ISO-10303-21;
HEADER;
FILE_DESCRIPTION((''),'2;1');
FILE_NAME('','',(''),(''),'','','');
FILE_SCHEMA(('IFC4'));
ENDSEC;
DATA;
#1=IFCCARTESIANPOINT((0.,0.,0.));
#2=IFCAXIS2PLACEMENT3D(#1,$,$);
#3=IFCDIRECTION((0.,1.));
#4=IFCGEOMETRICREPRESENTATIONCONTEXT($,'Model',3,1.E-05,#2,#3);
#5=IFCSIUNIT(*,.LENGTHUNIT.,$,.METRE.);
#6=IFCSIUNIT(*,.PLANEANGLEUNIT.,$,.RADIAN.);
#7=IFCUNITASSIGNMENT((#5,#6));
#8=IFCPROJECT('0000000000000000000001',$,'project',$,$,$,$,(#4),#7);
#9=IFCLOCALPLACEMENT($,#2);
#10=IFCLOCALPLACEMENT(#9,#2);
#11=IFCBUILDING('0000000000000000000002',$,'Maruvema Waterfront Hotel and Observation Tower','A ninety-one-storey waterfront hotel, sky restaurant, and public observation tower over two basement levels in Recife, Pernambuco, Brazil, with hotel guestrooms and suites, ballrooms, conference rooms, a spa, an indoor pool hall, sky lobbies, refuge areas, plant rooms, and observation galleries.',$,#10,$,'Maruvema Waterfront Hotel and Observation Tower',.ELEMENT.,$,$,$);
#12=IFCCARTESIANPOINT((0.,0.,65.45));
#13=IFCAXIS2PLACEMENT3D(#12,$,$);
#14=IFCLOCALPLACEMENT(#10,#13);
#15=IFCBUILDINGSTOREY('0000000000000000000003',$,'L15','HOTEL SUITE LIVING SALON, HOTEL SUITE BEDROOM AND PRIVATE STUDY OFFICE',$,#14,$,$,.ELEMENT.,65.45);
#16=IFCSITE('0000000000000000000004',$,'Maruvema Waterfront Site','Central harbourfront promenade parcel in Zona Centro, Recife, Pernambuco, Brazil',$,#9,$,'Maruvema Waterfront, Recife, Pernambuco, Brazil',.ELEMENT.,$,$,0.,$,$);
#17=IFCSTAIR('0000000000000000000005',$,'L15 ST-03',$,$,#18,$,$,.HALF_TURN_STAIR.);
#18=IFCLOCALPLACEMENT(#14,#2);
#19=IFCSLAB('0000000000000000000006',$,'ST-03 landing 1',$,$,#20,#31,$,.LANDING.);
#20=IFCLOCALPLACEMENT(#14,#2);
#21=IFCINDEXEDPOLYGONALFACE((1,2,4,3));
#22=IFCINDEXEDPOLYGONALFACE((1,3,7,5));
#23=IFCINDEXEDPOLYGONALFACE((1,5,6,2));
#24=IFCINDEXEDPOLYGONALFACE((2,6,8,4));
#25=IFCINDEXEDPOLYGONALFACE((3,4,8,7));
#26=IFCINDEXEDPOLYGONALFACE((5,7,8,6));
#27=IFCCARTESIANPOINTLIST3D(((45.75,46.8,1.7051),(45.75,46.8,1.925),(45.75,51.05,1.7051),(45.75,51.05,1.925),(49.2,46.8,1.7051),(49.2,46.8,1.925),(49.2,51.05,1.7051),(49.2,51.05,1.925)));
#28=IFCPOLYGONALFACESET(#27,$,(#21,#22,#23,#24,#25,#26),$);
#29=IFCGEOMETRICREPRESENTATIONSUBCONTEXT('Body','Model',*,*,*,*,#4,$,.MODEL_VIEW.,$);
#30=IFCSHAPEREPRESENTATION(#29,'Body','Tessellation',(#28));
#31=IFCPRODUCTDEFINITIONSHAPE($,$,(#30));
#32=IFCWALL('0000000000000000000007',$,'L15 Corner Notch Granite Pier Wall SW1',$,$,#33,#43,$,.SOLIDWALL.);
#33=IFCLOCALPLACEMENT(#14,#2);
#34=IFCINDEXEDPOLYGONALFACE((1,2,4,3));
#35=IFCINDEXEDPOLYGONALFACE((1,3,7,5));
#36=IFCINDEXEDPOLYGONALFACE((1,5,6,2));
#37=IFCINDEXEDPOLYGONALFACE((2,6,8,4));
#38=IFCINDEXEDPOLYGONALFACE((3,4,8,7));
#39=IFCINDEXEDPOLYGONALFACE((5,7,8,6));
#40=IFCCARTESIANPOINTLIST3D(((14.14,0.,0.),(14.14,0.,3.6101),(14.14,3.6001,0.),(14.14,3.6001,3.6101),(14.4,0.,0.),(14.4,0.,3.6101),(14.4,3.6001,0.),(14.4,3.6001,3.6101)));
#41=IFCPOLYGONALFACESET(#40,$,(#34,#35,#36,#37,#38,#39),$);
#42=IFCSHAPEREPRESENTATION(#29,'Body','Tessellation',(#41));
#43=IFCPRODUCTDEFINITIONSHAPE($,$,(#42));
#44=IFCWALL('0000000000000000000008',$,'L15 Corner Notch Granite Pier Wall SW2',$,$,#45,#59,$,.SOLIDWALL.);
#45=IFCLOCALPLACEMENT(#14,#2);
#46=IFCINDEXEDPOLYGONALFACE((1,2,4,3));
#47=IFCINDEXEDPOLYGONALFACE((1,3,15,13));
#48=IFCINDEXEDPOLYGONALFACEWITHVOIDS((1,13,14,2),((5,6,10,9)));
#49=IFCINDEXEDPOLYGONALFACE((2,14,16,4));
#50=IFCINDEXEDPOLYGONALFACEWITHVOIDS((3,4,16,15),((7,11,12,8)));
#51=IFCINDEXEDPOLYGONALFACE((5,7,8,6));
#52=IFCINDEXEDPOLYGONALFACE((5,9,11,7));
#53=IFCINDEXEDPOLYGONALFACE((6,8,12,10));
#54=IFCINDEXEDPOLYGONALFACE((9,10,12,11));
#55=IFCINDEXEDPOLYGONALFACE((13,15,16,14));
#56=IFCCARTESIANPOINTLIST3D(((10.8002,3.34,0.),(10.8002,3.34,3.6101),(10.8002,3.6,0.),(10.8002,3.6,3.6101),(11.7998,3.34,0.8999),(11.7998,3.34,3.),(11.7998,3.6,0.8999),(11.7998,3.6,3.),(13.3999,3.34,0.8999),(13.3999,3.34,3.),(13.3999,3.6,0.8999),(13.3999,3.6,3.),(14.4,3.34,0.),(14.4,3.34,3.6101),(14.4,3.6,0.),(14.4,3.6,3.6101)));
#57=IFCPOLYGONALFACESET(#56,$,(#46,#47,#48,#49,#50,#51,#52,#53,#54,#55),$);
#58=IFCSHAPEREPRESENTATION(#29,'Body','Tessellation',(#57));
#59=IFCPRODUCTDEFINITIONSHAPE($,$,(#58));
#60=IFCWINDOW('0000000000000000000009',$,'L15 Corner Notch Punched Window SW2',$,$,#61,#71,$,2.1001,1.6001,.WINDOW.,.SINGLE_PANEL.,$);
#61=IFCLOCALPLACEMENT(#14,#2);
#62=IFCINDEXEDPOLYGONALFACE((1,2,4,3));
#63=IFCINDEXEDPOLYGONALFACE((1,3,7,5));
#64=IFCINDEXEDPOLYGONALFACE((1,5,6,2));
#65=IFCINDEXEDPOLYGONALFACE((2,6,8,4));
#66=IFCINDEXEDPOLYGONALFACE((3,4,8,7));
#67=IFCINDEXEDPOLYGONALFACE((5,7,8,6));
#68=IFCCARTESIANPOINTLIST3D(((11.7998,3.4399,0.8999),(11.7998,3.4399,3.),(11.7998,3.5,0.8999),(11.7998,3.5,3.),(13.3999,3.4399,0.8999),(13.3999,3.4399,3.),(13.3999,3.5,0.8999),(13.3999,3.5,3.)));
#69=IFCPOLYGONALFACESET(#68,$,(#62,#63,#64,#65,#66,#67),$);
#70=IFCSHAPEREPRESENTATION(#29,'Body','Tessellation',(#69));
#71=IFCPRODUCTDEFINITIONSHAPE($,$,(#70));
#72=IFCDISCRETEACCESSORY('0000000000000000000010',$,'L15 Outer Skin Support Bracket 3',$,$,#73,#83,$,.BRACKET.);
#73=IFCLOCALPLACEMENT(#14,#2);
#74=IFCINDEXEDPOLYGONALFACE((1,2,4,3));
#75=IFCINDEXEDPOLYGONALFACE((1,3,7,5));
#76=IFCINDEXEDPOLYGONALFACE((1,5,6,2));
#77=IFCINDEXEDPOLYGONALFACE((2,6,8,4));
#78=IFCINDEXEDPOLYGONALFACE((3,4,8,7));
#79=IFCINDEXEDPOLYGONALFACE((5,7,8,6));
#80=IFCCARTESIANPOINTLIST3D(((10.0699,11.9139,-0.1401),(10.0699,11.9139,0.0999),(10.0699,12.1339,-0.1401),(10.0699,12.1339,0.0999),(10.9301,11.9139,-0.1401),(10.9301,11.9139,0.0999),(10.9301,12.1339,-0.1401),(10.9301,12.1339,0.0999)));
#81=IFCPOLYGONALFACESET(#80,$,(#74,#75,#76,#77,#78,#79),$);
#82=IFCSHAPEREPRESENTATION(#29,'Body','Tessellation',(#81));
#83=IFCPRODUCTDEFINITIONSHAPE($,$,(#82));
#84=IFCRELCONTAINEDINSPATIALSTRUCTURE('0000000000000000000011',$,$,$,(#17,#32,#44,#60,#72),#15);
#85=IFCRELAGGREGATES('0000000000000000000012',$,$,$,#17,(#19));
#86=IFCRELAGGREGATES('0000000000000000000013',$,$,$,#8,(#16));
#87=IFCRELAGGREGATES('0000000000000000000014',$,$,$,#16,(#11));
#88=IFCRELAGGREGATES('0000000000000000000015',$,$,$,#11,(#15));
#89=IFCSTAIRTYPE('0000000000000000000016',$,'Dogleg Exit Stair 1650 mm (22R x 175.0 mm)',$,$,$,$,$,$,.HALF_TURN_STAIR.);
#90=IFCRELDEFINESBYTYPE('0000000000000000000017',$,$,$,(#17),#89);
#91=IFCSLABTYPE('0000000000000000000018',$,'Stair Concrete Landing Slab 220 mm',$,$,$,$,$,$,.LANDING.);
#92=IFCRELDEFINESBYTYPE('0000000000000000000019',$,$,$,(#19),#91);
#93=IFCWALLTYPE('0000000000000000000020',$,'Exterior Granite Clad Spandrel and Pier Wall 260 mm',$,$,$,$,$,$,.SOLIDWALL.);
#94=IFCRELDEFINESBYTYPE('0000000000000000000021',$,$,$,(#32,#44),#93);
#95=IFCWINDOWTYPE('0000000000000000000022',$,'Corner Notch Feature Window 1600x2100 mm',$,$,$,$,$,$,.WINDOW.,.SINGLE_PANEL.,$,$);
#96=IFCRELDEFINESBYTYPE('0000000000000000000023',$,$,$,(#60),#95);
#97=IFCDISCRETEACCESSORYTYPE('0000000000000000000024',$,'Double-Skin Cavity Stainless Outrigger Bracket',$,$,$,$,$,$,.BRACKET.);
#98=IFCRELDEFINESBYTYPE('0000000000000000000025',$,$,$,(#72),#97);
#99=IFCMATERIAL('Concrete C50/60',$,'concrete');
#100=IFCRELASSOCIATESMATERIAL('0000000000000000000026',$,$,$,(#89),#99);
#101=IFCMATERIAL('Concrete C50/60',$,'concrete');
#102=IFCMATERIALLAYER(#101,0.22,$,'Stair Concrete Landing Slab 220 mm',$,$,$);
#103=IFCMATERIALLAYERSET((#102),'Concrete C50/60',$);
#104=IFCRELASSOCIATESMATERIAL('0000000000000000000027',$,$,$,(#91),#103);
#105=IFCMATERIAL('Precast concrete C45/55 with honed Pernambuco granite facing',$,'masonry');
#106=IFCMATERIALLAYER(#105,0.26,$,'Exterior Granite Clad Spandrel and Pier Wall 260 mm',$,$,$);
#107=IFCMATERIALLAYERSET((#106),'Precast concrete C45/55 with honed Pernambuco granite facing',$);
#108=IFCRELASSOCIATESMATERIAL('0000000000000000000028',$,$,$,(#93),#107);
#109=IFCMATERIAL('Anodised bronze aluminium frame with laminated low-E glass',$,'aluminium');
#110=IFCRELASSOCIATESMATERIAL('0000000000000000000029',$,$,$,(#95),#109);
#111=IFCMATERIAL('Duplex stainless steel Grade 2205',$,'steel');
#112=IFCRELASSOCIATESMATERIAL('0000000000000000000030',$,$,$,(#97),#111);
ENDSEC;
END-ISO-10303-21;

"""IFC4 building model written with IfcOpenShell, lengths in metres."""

from ifc_helpers import new_model, si_unit, direction, frame, frame_2d, origin, origin_2d, place, context, subcontext, project, spatial, polyline, rectangle, outline, extrude, material, layer, layer_set, type_object, element, fill, aggregate, save


model = new_model("IFC4")

# Units and contexts
model_context = context("Model", 3, precision=1e-05, world=origin(), true_north=direction((0.0, 1.0)))
body_context = subcontext(model_context, "Body", "Model", "MODEL_VIEW")
ifc_project = project(units=[si_unit("LENGTHUNIT", "METRE"), si_unit("PLANEANGLEUNIT", "RADIAN")], contexts=[model_context])

# Site, building, storey
site_placement = place(None, origin())
site = spatial("IfcSite", under=ifc_project, at=site_placement, Name="Maruvema Waterfront Site", Description="Central harbourfront promenade parcel in Zona Centro, Recife, Pernambuco, Brazil", LongName="Maruvema Waterfront, Recife, Pernambuco, Brazil", CompositionType="ELEMENT", RefElevation=0.0)
building_placement = place(site_placement, origin())
building = spatial("IfcBuilding", under=site, at=building_placement, Name="Maruvema Waterfront Hotel and Observation Tower", Description="A ninety-one-storey waterfront hotel, sky restaurant, and public observation tower over two basement levels in Recife, Pernambuco, Brazil, with hotel guestrooms and suites, ballrooms, conference rooms, a spa, an indoor pool hall, sky lobbies, refuge areas, plant rooms, and observation galleries.", LongName="Maruvema Waterfront Hotel and Observation Tower", CompositionType="ELEMENT")
storey_placement = place(building_placement, frame((0.0, 0.0, 65.45)))
storey = spatial("IfcBuildingStorey", under=building, at=storey_placement, Name="L15", Description="HOTEL SUITE LIVING SALON, HOTEL SUITE BEDROOM AND PRIVATE STUDY OFFICE", CompositionType="ELEMENT", Elevation=65.45)

# Stair, slab
ifc_material_1 = material(Name="Concrete C50/60", Category="concrete")
stair_type = type_object("IfcStairType", Name="Dogleg Exit Stair 1650 mm (22R x 175.0 mm)", PredefinedType="HALF_TURN_STAIR", material=ifc_material_1)
ifc_material_2 = material(Name="Concrete C50/60", Category="concrete")
ifc_layer_1 = layer(ifc_material_2, 0.22, Name="Stair Concrete Landing Slab 220 mm")
ifc_layer_set_1 = layer_set([ifc_layer_1], Name="Concrete C50/60")
slab_type_1 = type_object("IfcSlabType", Name="Stair Concrete Landing Slab 220 mm", PredefinedType="LANDING", material=ifc_layer_set_1)
stair_1_placement = place(storey_placement, origin())
stair_1 = element("IfcStair", 1, at=stair_1_placement, inside=storey, type_object=stair_type, Name="L15 ST-03", PredefinedType="HALF_TURN_STAIR")
slab_1_placement = place(storey_placement, frame((0.0, 0.0, 1.7051)))
slab_1 = element("IfcSlab", 2, at=slab_1_placement, type_object=slab_type_1, Name="ST-03 landing 1", PredefinedType="LANDING", context=body_context, shape_type="SweptSolid", body=[
    extrude(outline(polyline([(49.2, 46.8), (49.2, 51.05), (45.75, 51.05), (45.75, 46.8), (49.2, 46.8)])), origin(), (0.0, 0.0, 1.0), 0.22),
])
aggregate(stair_1, [slab_1])

# Wall
ifc_material_3 = material(Name="Precast concrete C45/55 with honed Pernambuco granite facing", Category="masonry")
ifc_layer_2 = layer(ifc_material_3, 0.26, Name="Exterior Granite Clad Spandrel and Pier Wall 260 mm")
ifc_layer_set_2 = layer_set([ifc_layer_2], Name="Precast concrete C45/55 with honed Pernambuco granite facing")
wall_type = type_object("IfcWallType", Name="Exterior Granite Clad Spandrel and Pier Wall 260 mm", PredefinedType="SOLIDWALL", material=ifc_layer_set_2)
wall_1_placement = place(storey_placement, frame((14.27, 0.0, 0.0), z_axis=(0.0, 0.0, 1.0), x_axis=(0.0, 1.0, 0.0)))
element("IfcWall", 3, at=wall_1_placement, inside=storey, type_object=wall_type, Name="L15 Corner Notch Granite Pier Wall SW1", PredefinedType="SOLIDWALL", context=body_context, shape_type="SweptSolid", body=[
    extrude(rectangle(XDim=3.6001, YDim=0.26, at=frame_2d((1.8, 0.0))), origin(), (0.0, 0.0, 1.0), 3.6101),
])

# Wall, opening, window
wall_2_placement = place(storey_placement, frame((14.3999, 3.47, 0.0), z_axis=(0.0, 0.0, 1.0), x_axis=(-1.0, 0.0, 0.0)))
wall_2 = element("IfcWall", 4, at=wall_2_placement, inside=storey, type_object=wall_type, Name="L15 Corner Notch Granite Pier Wall SW2", PredefinedType="SOLIDWALL", context=body_context, shape_type="SweptSolid", body=[
    extrude(rectangle(XDim=3.5999, YDim=0.26, at=frame_2d((1.7998, 0.0))), origin(), (0.0, 0.0, 1.0), 3.6101),
])
opening_placement = place(wall_2_placement, frame((1.0, 0.0, 0.8999)))
opening = element("IfcOpeningElement", 5, at=opening_placement, cuts=wall_2, PredefinedType="OPENING", context=body_context, shape_type="SweptSolid", body=[
    extrude(rectangle(XDim=1.6001, YDim=2.1001, at=frame_2d((0.8, 1.05))), frame((0.0, 0.1401, 0.0), z_axis=(0.0, -1.0, 0.0), x_axis=(1.0, 0.0, 0.0)), (0.0, 0.0, 1.0), 0.28),
])
ifc_material_4 = material(Name="Anodised bronze aluminium frame with laminated low-E glass", Category="aluminium")
window_type = type_object("IfcWindowType", Name="Corner Notch Feature Window 1600x2100 mm", PartitioningType="SINGLE_PANEL", PredefinedType="WINDOW", material=ifc_material_4)
window_placement = place(opening_placement, origin())
window = element("IfcWindow", 6, at=window_placement, inside=storey, type_object=window_type, Name="L15 Corner Notch Punched Window SW2", OverallHeight=2.1001, OverallWidth=1.6001, PartitioningType="SINGLE_PANEL", PredefinedType="WINDOW", context=body_context, shape_type="SweptSolid", body=[
    extrude(rectangle(XDim=1.6001, YDim=2.1001, at=frame_2d((0.8, 1.05))), frame((0.0, 0.03, 0.0), z_axis=(0.0, -1.0, 0.0), x_axis=(1.0, 0.0, 0.0)), (0.0, 0.0, 1.0), 0.0601),
])
fill(opening, window)

# Discrete accessory
ifc_material_5 = material(Name="Duplex stainless steel Grade 2205", Category="steel")
discrete_accessory_type = type_object("IfcDiscreteAccessoryType", Name="Double-Skin Cavity Stainless Outrigger Bracket", PredefinedType="BRACKET", material=ifc_material_5)
discrete_accessory_placement = place(storey_placement, frame((10.5, 12.0239, -0.1401), z_axis=(0.0, 0.0, 1.0), x_axis=(0.0, -1.0, 0.0)))
element("IfcDiscreteAccessory", 7, at=discrete_accessory_placement, inside=storey, type_object=discrete_accessory_type, Name="L15 Outer Skin Support Bracket 3", PredefinedType="BRACKET", context=body_context, shape_type="SweptSolid", body=[
    extrude(rectangle(XDim=0.22, YDim=0.8601, at=origin_2d()), origin(), (0.0, 0.0, 1.0), 0.24),
])

save(model, "model.ifc")
